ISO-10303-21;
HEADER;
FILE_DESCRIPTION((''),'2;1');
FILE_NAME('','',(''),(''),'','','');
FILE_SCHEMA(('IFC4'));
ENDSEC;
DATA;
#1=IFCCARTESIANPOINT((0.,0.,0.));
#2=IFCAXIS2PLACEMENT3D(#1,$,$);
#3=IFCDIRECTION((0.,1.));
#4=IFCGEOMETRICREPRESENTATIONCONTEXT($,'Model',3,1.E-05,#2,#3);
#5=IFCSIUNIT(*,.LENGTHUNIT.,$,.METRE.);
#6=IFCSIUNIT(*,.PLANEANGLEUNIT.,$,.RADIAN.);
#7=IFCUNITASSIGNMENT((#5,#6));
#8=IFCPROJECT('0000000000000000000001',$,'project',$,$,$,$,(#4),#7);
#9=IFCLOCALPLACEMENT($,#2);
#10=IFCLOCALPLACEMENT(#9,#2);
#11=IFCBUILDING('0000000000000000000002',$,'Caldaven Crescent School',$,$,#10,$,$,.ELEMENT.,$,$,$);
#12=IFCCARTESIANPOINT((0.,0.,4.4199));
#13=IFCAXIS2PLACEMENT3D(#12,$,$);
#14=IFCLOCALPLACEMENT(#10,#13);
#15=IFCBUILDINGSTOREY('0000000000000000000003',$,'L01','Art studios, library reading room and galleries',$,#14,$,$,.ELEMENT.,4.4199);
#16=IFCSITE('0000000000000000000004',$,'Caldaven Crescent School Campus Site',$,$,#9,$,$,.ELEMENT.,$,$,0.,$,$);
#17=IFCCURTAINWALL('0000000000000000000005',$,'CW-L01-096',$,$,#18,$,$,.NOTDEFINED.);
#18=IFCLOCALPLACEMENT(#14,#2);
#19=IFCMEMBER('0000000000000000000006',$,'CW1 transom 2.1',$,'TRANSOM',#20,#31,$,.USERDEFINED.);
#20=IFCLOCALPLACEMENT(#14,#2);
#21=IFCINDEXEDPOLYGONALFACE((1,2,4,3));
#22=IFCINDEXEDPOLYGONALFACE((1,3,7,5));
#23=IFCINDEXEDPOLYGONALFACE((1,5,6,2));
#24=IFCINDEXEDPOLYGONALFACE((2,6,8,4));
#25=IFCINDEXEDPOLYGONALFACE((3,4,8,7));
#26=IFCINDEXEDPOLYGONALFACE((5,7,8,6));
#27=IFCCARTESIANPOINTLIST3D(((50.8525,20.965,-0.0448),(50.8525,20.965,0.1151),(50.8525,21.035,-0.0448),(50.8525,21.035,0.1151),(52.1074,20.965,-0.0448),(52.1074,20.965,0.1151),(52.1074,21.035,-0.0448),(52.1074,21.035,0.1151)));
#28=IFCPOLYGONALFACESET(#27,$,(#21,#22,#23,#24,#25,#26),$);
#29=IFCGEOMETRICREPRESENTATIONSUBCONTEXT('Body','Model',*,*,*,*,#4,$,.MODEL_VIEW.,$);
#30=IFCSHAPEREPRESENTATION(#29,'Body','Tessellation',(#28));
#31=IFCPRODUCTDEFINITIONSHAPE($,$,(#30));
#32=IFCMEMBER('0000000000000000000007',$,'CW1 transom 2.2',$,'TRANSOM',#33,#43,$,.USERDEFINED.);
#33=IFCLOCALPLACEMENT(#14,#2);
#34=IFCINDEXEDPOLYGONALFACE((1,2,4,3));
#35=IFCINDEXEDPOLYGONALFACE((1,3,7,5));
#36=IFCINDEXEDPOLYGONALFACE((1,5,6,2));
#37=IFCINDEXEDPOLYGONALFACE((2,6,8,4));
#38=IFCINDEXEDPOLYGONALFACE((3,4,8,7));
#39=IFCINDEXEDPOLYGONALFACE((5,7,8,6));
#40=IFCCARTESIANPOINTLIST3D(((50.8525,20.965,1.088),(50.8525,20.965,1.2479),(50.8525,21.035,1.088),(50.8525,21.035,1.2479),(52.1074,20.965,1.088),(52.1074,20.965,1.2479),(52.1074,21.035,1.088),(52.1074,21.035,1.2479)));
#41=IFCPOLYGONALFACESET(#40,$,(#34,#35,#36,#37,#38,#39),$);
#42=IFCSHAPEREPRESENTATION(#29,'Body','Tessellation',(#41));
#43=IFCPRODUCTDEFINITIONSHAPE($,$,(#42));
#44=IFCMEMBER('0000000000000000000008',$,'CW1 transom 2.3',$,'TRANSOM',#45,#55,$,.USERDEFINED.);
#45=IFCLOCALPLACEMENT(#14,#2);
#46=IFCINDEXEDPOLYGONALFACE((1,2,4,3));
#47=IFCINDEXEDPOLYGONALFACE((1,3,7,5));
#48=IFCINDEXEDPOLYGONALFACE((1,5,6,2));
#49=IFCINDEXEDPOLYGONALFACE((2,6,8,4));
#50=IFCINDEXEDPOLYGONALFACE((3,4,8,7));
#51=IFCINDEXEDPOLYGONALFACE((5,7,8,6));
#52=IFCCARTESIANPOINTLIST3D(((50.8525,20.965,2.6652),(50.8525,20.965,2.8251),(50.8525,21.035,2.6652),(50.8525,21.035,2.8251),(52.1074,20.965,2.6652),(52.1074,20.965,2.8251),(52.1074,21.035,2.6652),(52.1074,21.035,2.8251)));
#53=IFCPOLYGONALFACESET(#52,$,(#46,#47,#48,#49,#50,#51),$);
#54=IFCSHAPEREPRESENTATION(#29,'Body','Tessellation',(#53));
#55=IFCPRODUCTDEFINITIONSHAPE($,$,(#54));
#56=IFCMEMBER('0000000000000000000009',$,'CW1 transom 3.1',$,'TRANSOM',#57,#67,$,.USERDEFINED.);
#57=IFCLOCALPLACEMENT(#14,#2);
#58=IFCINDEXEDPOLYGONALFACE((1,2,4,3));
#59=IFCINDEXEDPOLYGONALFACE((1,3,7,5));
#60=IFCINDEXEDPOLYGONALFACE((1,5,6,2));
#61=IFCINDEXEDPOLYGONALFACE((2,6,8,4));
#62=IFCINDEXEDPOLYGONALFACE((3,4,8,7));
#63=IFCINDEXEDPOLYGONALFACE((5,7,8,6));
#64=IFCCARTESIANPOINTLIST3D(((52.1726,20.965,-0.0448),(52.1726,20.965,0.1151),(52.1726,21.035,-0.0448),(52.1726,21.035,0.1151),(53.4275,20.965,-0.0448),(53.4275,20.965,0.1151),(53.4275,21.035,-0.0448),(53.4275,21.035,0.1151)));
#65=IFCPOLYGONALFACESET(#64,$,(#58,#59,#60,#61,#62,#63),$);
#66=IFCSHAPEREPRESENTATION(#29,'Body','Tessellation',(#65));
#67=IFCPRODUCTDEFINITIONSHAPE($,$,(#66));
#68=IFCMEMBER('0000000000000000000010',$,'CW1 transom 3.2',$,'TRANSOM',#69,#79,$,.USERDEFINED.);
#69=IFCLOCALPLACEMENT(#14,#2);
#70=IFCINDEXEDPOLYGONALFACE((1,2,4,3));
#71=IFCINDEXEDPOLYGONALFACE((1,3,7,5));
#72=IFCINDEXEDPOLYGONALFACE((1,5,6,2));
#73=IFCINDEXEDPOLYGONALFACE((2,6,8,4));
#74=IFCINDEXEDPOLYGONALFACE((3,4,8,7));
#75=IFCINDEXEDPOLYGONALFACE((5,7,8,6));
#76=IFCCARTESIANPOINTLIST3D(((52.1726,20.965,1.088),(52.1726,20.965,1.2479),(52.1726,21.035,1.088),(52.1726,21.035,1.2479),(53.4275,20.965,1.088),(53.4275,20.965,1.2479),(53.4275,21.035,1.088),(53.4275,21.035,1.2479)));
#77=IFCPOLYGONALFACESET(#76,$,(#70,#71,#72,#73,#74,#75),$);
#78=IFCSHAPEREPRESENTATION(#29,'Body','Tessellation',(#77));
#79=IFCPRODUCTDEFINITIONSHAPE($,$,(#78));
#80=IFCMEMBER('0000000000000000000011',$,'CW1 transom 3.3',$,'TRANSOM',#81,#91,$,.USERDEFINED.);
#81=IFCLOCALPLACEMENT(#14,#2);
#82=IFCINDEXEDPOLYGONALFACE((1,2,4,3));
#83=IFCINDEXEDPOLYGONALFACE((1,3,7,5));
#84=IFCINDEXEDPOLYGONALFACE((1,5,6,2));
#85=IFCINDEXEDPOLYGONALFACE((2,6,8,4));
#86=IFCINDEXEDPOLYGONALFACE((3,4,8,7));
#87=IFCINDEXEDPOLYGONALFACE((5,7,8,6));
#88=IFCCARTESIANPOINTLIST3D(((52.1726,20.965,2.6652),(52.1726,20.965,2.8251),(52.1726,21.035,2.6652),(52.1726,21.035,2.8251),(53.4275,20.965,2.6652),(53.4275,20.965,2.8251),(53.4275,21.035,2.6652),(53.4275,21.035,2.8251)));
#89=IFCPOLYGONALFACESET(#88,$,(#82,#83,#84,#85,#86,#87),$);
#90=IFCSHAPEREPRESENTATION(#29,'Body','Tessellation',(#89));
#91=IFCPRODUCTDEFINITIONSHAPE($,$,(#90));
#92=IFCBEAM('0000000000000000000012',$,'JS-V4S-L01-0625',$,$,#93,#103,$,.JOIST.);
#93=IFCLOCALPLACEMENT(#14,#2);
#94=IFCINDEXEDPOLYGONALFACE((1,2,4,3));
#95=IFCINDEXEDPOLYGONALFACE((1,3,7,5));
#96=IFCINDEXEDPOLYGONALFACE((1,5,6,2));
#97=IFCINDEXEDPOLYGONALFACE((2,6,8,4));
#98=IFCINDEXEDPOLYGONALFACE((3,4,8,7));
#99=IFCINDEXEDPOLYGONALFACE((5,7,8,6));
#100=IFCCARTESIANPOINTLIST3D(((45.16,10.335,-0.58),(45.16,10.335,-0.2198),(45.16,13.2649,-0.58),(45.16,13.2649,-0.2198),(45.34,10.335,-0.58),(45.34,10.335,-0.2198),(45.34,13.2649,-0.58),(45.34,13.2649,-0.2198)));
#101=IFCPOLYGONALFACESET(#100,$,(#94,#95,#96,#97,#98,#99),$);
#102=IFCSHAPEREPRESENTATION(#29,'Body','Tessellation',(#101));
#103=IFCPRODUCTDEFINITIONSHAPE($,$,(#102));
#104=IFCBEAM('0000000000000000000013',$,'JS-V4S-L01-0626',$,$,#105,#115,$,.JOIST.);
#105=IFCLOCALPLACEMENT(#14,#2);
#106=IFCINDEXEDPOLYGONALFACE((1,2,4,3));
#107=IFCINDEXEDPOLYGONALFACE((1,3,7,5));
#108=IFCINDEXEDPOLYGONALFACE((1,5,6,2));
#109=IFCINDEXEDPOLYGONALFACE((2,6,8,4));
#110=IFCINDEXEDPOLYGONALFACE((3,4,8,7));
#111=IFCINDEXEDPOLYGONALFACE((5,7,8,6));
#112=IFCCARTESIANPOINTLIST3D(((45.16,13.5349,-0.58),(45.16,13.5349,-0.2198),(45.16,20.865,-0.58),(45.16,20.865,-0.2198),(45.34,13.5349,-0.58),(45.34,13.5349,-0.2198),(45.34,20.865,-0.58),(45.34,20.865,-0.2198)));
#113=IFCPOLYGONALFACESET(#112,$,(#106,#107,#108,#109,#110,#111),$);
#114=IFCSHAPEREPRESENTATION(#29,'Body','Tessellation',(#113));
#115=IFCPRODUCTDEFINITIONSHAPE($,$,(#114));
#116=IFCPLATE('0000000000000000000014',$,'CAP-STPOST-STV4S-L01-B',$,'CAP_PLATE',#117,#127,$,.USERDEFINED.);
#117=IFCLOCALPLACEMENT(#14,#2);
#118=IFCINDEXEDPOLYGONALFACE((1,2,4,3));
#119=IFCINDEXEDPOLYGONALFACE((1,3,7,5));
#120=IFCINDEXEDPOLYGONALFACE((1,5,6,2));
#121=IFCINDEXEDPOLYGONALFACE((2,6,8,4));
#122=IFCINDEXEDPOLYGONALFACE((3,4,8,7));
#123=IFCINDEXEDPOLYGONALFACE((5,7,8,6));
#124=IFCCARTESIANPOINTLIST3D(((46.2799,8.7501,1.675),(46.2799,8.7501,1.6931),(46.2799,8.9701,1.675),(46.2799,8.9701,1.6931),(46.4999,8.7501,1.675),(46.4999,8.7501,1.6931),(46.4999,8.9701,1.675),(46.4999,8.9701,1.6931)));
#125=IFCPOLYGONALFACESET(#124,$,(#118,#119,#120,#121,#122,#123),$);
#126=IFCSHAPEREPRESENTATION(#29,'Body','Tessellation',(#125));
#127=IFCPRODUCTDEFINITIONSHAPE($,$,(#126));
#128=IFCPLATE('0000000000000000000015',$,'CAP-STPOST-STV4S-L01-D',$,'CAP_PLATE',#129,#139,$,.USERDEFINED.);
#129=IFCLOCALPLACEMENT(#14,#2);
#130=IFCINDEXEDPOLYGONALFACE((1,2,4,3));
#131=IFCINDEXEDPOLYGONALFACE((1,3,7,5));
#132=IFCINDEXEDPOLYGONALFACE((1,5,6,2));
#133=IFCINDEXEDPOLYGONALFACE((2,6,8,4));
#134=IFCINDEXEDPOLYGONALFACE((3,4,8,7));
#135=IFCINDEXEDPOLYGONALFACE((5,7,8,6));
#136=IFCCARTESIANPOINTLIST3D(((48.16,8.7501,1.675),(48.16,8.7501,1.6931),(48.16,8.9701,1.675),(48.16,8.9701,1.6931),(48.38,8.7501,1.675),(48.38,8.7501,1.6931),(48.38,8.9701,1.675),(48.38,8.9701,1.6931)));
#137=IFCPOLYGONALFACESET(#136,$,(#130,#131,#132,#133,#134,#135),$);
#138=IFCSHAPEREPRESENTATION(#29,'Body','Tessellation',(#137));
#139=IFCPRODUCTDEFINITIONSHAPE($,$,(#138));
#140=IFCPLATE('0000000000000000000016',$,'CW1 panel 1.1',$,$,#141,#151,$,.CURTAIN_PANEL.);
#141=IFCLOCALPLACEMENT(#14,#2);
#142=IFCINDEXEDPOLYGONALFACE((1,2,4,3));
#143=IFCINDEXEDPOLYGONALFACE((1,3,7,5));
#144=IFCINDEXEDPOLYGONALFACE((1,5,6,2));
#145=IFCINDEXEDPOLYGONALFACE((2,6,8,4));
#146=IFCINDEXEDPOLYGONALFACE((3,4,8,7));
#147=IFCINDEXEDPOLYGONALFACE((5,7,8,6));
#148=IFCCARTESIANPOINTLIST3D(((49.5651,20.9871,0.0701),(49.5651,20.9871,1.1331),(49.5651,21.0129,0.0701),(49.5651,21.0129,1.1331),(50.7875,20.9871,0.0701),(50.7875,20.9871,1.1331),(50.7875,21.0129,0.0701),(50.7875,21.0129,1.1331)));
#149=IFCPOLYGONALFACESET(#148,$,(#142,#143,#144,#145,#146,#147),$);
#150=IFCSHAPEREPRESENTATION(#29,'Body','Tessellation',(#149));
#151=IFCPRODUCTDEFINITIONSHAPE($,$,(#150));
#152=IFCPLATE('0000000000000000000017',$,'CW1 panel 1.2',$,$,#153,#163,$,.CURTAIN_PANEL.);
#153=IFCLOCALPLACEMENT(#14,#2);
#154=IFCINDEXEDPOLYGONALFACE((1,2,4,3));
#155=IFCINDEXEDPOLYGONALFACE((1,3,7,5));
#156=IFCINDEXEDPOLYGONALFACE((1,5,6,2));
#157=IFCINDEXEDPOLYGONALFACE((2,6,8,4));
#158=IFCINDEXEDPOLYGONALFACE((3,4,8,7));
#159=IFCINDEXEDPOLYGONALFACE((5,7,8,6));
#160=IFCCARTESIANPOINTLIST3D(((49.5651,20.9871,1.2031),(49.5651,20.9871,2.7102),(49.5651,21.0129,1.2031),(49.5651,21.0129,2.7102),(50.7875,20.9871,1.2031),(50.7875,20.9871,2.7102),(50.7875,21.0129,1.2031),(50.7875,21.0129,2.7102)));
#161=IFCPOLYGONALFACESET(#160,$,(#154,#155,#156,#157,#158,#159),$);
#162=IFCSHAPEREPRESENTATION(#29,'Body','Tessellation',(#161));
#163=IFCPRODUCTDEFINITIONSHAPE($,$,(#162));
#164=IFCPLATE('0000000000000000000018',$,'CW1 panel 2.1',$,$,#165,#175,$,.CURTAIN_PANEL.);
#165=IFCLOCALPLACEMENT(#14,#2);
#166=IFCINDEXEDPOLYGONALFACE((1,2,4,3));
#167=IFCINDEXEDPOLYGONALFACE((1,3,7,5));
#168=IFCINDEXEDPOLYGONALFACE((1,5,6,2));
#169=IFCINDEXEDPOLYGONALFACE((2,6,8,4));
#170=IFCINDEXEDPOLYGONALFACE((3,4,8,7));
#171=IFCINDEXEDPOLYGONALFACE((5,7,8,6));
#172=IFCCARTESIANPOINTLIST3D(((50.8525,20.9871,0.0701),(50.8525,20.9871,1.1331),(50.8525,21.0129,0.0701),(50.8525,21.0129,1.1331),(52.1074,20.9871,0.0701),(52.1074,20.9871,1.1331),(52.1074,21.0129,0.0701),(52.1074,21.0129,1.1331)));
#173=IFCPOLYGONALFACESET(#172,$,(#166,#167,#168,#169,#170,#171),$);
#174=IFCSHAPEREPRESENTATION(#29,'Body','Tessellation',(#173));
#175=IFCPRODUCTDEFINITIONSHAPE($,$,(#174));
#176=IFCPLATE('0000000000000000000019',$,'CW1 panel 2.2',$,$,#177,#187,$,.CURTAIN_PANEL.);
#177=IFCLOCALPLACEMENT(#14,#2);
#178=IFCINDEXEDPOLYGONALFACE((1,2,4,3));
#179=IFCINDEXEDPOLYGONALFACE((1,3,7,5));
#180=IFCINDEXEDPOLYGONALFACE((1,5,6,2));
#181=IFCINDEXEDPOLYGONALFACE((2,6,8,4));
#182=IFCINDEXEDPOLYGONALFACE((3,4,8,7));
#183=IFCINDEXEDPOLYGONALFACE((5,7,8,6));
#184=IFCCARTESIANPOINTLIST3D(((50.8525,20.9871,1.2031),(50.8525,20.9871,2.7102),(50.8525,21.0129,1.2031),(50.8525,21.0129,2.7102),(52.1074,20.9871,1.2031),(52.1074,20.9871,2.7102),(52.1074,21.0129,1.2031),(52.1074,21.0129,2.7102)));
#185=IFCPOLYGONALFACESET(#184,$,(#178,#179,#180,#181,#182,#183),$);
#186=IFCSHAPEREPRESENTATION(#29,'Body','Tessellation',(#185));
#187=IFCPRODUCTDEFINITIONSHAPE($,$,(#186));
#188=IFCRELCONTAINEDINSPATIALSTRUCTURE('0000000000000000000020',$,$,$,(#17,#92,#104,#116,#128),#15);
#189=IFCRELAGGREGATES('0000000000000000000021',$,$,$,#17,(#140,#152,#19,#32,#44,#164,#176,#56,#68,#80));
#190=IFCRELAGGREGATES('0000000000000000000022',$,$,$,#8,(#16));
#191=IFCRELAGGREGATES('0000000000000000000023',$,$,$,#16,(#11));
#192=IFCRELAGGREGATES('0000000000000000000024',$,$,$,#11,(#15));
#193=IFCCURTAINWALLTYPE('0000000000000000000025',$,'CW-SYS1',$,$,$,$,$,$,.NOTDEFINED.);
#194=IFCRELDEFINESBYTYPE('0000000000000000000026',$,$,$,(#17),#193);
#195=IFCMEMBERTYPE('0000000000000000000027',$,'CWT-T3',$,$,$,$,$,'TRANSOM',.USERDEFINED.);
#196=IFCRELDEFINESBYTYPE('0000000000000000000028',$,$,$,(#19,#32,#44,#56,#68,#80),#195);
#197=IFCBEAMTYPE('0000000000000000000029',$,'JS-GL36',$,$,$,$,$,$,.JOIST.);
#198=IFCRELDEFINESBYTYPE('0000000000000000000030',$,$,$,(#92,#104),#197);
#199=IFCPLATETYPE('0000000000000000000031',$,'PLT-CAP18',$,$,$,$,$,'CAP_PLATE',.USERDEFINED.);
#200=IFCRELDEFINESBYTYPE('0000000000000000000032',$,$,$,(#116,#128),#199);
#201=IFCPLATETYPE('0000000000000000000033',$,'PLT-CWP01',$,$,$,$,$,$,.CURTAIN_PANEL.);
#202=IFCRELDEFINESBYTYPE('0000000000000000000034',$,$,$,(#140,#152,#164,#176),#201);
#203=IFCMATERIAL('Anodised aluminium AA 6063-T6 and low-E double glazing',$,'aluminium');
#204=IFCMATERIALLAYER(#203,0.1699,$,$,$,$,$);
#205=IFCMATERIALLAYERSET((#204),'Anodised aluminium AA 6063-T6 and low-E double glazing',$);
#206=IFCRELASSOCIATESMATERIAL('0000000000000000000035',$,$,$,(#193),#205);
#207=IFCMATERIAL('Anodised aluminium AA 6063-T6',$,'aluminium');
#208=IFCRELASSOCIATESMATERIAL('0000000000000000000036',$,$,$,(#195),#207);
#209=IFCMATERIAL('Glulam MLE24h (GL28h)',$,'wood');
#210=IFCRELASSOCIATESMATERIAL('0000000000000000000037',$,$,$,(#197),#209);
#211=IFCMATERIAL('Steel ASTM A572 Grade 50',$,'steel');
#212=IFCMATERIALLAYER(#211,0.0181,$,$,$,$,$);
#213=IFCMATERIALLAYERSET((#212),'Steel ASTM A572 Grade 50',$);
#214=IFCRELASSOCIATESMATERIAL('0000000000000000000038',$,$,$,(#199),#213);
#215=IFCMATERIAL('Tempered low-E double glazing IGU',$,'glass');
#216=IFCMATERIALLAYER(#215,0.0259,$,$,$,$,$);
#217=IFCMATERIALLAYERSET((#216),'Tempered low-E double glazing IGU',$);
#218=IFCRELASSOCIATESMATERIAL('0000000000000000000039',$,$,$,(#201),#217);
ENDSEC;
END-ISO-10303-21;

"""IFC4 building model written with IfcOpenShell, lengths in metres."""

from ifc_helpers import new_model, si_unit, direction, frame, origin, origin_2d, place, context, subcontext, project, spatial, rectangle, extrude, material, layer, layer_set, material_profile, profile_set, type_object, element, aggregate, save


model = new_model("IFC4")

# Units and contexts
model_context = context("Model", 3, precision=1e-05, world=origin(), true_north=direction((0.0, 1.0)))
body_context = subcontext(model_context, "Body", "Model", "MODEL_VIEW")
ifc_project = project(units=[si_unit("LENGTHUNIT", "METRE"), si_unit("PLANEANGLEUNIT", "RADIAN")], contexts=[model_context])

# Site, building, storey
site_placement = place(None, origin())
site = spatial("IfcSite", under=ifc_project, at=site_placement, Name="Caldaven Crescent School Campus Site", CompositionType="ELEMENT", RefElevation=0.0)
building_placement = place(site_placement, origin())
building = spatial("IfcBuilding", under=site, at=building_placement, Name="Caldaven Crescent School", CompositionType="ELEMENT")
storey_placement = place(building_placement, frame((0.0, 0.0, 4.4199)))
storey = spatial("IfcBuildingStorey", under=building, at=storey_placement, Name="L01", Description="Art studios, library reading room and galleries", CompositionType="ELEMENT", Elevation=4.4199)

# Shared definitions
ifc_material_1 = material(Name="Glulam MLE24h (GL28h)", Category="wood")
ifc_material_2 = material(Name="Steel ASTM A572 Grade 50", Category="steel")

# Curtain wall, members
ifc_material_3 = material(Name="Anodised aluminium AA 6063-T6 and low-E double glazing", Category="aluminium")
ifc_layer_1 = layer(ifc_material_3, 0.1699)
ifc_layer_set_1 = layer_set([ifc_layer_1], Name="Anodised aluminium AA 6063-T6 and low-E double glazing")
curtain_wall_type = type_object("IfcCurtainWallType", Name="CW-SYS1", PredefinedType="NOTDEFINED", material=ifc_layer_set_1)
curtain_wall_placement = place(storey_placement, origin())
curtain_wall = element("IfcCurtainWall", 1, at=curtain_wall_placement, inside=storey, type_object=curtain_wall_type, Name="CW-L01-096", PredefinedType="NOTDEFINED")
ifc_material_4 = material(Name="Anodised aluminium AA 6063-T6", Category="aluminium")
ifc_material_profile_1 = material_profile(ifc_material_4, rectangle(XDim=0.0701, YDim=0.1599, at=origin_2d()), Name="CWT 70x160")
ifc_profile_set_1 = profile_set([ifc_material_profile_1], Name="Anodised aluminium AA 6063-T6")
member_type_1 = type_object("IfcMemberType", Name="CWT-T3", ElementType="TRANSOM", PredefinedType="USERDEFINED", material=ifc_profile_set_1)
member_1_placement = place(storey_placement, frame((50.8525, 21.0, 0.0352), z_axis=(1.0, 0.0, 0.0), x_axis=(0.0, 1.0, 0.0)))
member_1 = element("IfcMember", 2, at=member_1_placement, type_object=member_type_1, Name="CW1 transom 2.1", ObjectType="TRANSOM", PredefinedType="USERDEFINED", context=body_context, shape_type="SweptSolid", body=[
    extrude(rectangle(XDim=0.0701, YDim=0.1599, at=origin_2d()), origin(), (0.0, 0.0, 1.0), 1.2549),
])
member_2_placement = place(storey_placement, frame((50.8525, 21.0, 1.168), z_axis=(1.0, 0.0, 0.0), x_axis=(0.0, 1.0, 0.0)))
member_2 = element("IfcMember", 3, at=member_2_placement, type_object=member_type_1, Name="CW1 transom 2.2", ObjectType="TRANSOM", PredefinedType="USERDEFINED", context=body_context, shape_type="SweptSolid", body=[
    extrude(rectangle(XDim=0.0701, YDim=0.1599, at=origin_2d()), origin(), (0.0, 0.0, 1.0), 1.2549),
])
member_3_placement = place(storey_placement, frame((50.8525, 21.0, 2.7451), z_axis=(1.0, 0.0, 0.0), x_axis=(0.0, 1.0, 0.0)))
member_3 = element("IfcMember", 4, at=member_3_placement, type_object=member_type_1, Name="CW1 transom 2.3", ObjectType="TRANSOM", PredefinedType="USERDEFINED", context=body_context, shape_type="SweptSolid", body=[
    extrude(rectangle(XDim=0.0701, YDim=0.1599, at=origin_2d()), origin(), (0.0, 0.0, 1.0), 1.2549),
])
member_4_placement = place(storey_placement, frame((52.1726, 21.0, 0.0352), z_axis=(1.0, 0.0, 0.0), x_axis=(0.0, 1.0, 0.0)))
member_4 = element("IfcMember", 5, at=member_4_placement, type_object=member_type_1, Name="CW1 transom 3.1", ObjectType="TRANSOM", PredefinedType="USERDEFINED", context=body_context, shape_type="SweptSolid", body=[
    extrude(rectangle(XDim=0.0701, YDim=0.1599, at=origin_2d()), origin(), (0.0, 0.0, 1.0), 1.2549),
])
member_5_placement = place(storey_placement, frame((52.1726, 21.0, 1.168), z_axis=(1.0, 0.0, 0.0), x_axis=(0.0, 1.0, 0.0)))
member_5 = element("IfcMember", 6, at=member_5_placement, type_object=member_type_1, Name="CW1 transom 3.2", ObjectType="TRANSOM", PredefinedType="USERDEFINED", context=body_context, shape_type="SweptSolid", body=[
    extrude(rectangle(XDim=0.0701, YDim=0.1599, at=origin_2d()), origin(), (0.0, 0.0, 1.0), 1.2549),
])
member_6_placement = place(storey_placement, frame((52.1726, 21.0, 2.7451), z_axis=(1.0, 0.0, 0.0), x_axis=(0.0, 1.0, 0.0)))
member_6 = element("IfcMember", 7, at=member_6_placement, type_object=member_type_1, Name="CW1 transom 3.3", ObjectType="TRANSOM", PredefinedType="USERDEFINED", context=body_context, shape_type="SweptSolid", body=[
    extrude(rectangle(XDim=0.0701, YDim=0.1599, at=origin_2d()), origin(), (0.0, 0.0, 1.0), 1.2549),
])

# Beams
ifc_material_profile_2 = material_profile(ifc_material_1, rectangle(XDim=0.1799, YDim=0.3601, at=origin_2d()), Name="MLE 180x360")
ifc_profile_set_2 = profile_set([ifc_material_profile_2], Name="Glulam MLE24h (GL28h)")
beam_type_1 = type_object("IfcBeamType", Name="JS-GL36", PredefinedType="JOIST", material=ifc_profile_set_2)
beam_1_placement = place(storey_placement, frame((45.25, 10.335, -0.3999), z_axis=(0.0, 1.0, 0.0), x_axis=(-1.0, 0.0, 0.0)))
element("IfcBeam", 8, at=beam_1_placement, inside=storey, type_object=beam_type_1, Name="JS-V4S-L01-0625", PredefinedType="JOIST", context=body_context, shape_type="SweptSolid", body=[
    extrude(rectangle(XDim=0.1799, YDim=0.3601, at=origin_2d()), origin(), (0.0, 0.0, 1.0), 2.9299),
])
beam_2_placement = place(storey_placement, frame((45.25, 13.5349, -0.3999), z_axis=(0.0, 1.0, 0.0), x_axis=(-1.0, 0.0, 0.0)))
element("IfcBeam", 9, at=beam_2_placement, inside=storey, type_object=beam_type_1, Name="JS-V4S-L01-0626", PredefinedType="JOIST", context=body_context, shape_type="SweptSolid", body=[
    extrude(rectangle(XDim=0.1799, YDim=0.3601, at=origin_2d()), origin(), (0.0, 0.0, 1.0), 7.3301),
])

# Plates
ifc_layer_2 = layer(ifc_material_2, 0.0181)
ifc_layer_set_2 = layer_set([ifc_layer_2], Name="Steel ASTM A572 Grade 50")
plate_type_1 = type_object("IfcPlateType", Name="PLT-CAP18", ElementType="CAP_PLATE", PredefinedType="USERDEFINED", material=ifc_layer_set_2)
for number, where, z_axis, x_axis, name in (
    (10, (46.3899, 8.8601, 1.675), (0.0, 0.0, 1.0), (1.0, 0.0, 0.0), "CAP-STPOST-STV4S-L01-B"),
    (11, (48.27, 8.8601, 1.675), (0.0, 0.0, 1.0), (1.0, 0.0, 0.0), "CAP-STPOST-STV4S-L01-D"),
):
    element("IfcPlate", number, at=place(storey_placement, frame(where, z_axis=z_axis, x_axis=x_axis)), inside=storey, type_object=plate_type_1, Name=name, ObjectType="CAP_PLATE", PredefinedType="USERDEFINED", context=body_context, shape_type="SweptSolid", body=[
        extrude(rectangle(XDim=0.22, YDim=0.22, at=origin_2d()), origin(), (0.0, 0.0, 1.0), 0.0181),
    ])

# Plates
ifc_material_5 = material(Name="Tempered low-E double glazing IGU", Category="glass")
ifc_layer_3 = layer(ifc_material_5, 0.0259)
ifc_layer_set_3 = layer_set([ifc_layer_3], Name="Tempered low-E double glazing IGU")
plate_type_2 = type_object("IfcPlateType", Name="PLT-CWP01", PredefinedType="CURTAIN_PANEL", material=ifc_layer_set_3)
plate_1_placement = place(storey_placement, frame((50.1763, 21.0, 0.0701), z_axis=(0.0, 0.0, 1.0), x_axis=(1.0, 0.0, 0.0)))
plate_1 = element("IfcPlate", 12, at=plate_1_placement, type_object=plate_type_2, Name="CW1 panel 1.1", PredefinedType="CURTAIN_PANEL", context=body_context, shape_type="SweptSolid", body=[
    extrude(rectangle(XDim=1.2224, YDim=0.0259, at=origin_2d()), origin(), (0.0, 0.0, 1.0), 1.063),
])
plate_2_placement = place(storey_placement, frame((50.1763, 21.0, 1.2031), z_axis=(0.0, 0.0, 1.0), x_axis=(1.0, 0.0, 0.0)))
plate_2 = element("IfcPlate", 13, at=plate_2_placement, type_object=plate_type_2, Name="CW1 panel 1.2", PredefinedType="CURTAIN_PANEL", context=body_context, shape_type="SweptSolid", body=[
    extrude(rectangle(XDim=1.2224, YDim=0.0259, at=origin_2d()), origin(), (0.0, 0.0, 1.0), 1.5071),
])
plate_3_placement = place(storey_placement, frame((51.48, 21.0, 0.0701), z_axis=(0.0, 0.0, 1.0), x_axis=(1.0, 0.0, 0.0)))
plate_3 = element("IfcPlate", 14, at=plate_3_placement, type_object=plate_type_2, Name="CW1 panel 2.1", PredefinedType="CURTAIN_PANEL", context=body_context, shape_type="SweptSolid", body=[
    extrude(rectangle(XDim=1.2549, YDim=0.0259, at=origin_2d()), origin(), (0.0, 0.0, 1.0), 1.063),
])
plate_4_placement = place(storey_placement, frame((51.48, 21.0, 1.2031), z_axis=(0.0, 0.0, 1.0), x_axis=(1.0, 0.0, 0.0)))
plate_4 = element("IfcPlate", 15, at=plate_4_placement, type_object=plate_type_2, Name="CW1 panel 2.2", PredefinedType="CURTAIN_PANEL", context=body_context, shape_type="SweptSolid", body=[
    extrude(rectangle(XDim=1.2549, YDim=0.0259, at=origin_2d()), origin(), (0.0, 0.0, 1.0), 1.5071),
])
aggregate(curtain_wall, [plate_1, plate_2, member_1, member_2, member_3, plate_3, plate_4, member_4, member_5, member_6])

save(model, "model.ifc")
